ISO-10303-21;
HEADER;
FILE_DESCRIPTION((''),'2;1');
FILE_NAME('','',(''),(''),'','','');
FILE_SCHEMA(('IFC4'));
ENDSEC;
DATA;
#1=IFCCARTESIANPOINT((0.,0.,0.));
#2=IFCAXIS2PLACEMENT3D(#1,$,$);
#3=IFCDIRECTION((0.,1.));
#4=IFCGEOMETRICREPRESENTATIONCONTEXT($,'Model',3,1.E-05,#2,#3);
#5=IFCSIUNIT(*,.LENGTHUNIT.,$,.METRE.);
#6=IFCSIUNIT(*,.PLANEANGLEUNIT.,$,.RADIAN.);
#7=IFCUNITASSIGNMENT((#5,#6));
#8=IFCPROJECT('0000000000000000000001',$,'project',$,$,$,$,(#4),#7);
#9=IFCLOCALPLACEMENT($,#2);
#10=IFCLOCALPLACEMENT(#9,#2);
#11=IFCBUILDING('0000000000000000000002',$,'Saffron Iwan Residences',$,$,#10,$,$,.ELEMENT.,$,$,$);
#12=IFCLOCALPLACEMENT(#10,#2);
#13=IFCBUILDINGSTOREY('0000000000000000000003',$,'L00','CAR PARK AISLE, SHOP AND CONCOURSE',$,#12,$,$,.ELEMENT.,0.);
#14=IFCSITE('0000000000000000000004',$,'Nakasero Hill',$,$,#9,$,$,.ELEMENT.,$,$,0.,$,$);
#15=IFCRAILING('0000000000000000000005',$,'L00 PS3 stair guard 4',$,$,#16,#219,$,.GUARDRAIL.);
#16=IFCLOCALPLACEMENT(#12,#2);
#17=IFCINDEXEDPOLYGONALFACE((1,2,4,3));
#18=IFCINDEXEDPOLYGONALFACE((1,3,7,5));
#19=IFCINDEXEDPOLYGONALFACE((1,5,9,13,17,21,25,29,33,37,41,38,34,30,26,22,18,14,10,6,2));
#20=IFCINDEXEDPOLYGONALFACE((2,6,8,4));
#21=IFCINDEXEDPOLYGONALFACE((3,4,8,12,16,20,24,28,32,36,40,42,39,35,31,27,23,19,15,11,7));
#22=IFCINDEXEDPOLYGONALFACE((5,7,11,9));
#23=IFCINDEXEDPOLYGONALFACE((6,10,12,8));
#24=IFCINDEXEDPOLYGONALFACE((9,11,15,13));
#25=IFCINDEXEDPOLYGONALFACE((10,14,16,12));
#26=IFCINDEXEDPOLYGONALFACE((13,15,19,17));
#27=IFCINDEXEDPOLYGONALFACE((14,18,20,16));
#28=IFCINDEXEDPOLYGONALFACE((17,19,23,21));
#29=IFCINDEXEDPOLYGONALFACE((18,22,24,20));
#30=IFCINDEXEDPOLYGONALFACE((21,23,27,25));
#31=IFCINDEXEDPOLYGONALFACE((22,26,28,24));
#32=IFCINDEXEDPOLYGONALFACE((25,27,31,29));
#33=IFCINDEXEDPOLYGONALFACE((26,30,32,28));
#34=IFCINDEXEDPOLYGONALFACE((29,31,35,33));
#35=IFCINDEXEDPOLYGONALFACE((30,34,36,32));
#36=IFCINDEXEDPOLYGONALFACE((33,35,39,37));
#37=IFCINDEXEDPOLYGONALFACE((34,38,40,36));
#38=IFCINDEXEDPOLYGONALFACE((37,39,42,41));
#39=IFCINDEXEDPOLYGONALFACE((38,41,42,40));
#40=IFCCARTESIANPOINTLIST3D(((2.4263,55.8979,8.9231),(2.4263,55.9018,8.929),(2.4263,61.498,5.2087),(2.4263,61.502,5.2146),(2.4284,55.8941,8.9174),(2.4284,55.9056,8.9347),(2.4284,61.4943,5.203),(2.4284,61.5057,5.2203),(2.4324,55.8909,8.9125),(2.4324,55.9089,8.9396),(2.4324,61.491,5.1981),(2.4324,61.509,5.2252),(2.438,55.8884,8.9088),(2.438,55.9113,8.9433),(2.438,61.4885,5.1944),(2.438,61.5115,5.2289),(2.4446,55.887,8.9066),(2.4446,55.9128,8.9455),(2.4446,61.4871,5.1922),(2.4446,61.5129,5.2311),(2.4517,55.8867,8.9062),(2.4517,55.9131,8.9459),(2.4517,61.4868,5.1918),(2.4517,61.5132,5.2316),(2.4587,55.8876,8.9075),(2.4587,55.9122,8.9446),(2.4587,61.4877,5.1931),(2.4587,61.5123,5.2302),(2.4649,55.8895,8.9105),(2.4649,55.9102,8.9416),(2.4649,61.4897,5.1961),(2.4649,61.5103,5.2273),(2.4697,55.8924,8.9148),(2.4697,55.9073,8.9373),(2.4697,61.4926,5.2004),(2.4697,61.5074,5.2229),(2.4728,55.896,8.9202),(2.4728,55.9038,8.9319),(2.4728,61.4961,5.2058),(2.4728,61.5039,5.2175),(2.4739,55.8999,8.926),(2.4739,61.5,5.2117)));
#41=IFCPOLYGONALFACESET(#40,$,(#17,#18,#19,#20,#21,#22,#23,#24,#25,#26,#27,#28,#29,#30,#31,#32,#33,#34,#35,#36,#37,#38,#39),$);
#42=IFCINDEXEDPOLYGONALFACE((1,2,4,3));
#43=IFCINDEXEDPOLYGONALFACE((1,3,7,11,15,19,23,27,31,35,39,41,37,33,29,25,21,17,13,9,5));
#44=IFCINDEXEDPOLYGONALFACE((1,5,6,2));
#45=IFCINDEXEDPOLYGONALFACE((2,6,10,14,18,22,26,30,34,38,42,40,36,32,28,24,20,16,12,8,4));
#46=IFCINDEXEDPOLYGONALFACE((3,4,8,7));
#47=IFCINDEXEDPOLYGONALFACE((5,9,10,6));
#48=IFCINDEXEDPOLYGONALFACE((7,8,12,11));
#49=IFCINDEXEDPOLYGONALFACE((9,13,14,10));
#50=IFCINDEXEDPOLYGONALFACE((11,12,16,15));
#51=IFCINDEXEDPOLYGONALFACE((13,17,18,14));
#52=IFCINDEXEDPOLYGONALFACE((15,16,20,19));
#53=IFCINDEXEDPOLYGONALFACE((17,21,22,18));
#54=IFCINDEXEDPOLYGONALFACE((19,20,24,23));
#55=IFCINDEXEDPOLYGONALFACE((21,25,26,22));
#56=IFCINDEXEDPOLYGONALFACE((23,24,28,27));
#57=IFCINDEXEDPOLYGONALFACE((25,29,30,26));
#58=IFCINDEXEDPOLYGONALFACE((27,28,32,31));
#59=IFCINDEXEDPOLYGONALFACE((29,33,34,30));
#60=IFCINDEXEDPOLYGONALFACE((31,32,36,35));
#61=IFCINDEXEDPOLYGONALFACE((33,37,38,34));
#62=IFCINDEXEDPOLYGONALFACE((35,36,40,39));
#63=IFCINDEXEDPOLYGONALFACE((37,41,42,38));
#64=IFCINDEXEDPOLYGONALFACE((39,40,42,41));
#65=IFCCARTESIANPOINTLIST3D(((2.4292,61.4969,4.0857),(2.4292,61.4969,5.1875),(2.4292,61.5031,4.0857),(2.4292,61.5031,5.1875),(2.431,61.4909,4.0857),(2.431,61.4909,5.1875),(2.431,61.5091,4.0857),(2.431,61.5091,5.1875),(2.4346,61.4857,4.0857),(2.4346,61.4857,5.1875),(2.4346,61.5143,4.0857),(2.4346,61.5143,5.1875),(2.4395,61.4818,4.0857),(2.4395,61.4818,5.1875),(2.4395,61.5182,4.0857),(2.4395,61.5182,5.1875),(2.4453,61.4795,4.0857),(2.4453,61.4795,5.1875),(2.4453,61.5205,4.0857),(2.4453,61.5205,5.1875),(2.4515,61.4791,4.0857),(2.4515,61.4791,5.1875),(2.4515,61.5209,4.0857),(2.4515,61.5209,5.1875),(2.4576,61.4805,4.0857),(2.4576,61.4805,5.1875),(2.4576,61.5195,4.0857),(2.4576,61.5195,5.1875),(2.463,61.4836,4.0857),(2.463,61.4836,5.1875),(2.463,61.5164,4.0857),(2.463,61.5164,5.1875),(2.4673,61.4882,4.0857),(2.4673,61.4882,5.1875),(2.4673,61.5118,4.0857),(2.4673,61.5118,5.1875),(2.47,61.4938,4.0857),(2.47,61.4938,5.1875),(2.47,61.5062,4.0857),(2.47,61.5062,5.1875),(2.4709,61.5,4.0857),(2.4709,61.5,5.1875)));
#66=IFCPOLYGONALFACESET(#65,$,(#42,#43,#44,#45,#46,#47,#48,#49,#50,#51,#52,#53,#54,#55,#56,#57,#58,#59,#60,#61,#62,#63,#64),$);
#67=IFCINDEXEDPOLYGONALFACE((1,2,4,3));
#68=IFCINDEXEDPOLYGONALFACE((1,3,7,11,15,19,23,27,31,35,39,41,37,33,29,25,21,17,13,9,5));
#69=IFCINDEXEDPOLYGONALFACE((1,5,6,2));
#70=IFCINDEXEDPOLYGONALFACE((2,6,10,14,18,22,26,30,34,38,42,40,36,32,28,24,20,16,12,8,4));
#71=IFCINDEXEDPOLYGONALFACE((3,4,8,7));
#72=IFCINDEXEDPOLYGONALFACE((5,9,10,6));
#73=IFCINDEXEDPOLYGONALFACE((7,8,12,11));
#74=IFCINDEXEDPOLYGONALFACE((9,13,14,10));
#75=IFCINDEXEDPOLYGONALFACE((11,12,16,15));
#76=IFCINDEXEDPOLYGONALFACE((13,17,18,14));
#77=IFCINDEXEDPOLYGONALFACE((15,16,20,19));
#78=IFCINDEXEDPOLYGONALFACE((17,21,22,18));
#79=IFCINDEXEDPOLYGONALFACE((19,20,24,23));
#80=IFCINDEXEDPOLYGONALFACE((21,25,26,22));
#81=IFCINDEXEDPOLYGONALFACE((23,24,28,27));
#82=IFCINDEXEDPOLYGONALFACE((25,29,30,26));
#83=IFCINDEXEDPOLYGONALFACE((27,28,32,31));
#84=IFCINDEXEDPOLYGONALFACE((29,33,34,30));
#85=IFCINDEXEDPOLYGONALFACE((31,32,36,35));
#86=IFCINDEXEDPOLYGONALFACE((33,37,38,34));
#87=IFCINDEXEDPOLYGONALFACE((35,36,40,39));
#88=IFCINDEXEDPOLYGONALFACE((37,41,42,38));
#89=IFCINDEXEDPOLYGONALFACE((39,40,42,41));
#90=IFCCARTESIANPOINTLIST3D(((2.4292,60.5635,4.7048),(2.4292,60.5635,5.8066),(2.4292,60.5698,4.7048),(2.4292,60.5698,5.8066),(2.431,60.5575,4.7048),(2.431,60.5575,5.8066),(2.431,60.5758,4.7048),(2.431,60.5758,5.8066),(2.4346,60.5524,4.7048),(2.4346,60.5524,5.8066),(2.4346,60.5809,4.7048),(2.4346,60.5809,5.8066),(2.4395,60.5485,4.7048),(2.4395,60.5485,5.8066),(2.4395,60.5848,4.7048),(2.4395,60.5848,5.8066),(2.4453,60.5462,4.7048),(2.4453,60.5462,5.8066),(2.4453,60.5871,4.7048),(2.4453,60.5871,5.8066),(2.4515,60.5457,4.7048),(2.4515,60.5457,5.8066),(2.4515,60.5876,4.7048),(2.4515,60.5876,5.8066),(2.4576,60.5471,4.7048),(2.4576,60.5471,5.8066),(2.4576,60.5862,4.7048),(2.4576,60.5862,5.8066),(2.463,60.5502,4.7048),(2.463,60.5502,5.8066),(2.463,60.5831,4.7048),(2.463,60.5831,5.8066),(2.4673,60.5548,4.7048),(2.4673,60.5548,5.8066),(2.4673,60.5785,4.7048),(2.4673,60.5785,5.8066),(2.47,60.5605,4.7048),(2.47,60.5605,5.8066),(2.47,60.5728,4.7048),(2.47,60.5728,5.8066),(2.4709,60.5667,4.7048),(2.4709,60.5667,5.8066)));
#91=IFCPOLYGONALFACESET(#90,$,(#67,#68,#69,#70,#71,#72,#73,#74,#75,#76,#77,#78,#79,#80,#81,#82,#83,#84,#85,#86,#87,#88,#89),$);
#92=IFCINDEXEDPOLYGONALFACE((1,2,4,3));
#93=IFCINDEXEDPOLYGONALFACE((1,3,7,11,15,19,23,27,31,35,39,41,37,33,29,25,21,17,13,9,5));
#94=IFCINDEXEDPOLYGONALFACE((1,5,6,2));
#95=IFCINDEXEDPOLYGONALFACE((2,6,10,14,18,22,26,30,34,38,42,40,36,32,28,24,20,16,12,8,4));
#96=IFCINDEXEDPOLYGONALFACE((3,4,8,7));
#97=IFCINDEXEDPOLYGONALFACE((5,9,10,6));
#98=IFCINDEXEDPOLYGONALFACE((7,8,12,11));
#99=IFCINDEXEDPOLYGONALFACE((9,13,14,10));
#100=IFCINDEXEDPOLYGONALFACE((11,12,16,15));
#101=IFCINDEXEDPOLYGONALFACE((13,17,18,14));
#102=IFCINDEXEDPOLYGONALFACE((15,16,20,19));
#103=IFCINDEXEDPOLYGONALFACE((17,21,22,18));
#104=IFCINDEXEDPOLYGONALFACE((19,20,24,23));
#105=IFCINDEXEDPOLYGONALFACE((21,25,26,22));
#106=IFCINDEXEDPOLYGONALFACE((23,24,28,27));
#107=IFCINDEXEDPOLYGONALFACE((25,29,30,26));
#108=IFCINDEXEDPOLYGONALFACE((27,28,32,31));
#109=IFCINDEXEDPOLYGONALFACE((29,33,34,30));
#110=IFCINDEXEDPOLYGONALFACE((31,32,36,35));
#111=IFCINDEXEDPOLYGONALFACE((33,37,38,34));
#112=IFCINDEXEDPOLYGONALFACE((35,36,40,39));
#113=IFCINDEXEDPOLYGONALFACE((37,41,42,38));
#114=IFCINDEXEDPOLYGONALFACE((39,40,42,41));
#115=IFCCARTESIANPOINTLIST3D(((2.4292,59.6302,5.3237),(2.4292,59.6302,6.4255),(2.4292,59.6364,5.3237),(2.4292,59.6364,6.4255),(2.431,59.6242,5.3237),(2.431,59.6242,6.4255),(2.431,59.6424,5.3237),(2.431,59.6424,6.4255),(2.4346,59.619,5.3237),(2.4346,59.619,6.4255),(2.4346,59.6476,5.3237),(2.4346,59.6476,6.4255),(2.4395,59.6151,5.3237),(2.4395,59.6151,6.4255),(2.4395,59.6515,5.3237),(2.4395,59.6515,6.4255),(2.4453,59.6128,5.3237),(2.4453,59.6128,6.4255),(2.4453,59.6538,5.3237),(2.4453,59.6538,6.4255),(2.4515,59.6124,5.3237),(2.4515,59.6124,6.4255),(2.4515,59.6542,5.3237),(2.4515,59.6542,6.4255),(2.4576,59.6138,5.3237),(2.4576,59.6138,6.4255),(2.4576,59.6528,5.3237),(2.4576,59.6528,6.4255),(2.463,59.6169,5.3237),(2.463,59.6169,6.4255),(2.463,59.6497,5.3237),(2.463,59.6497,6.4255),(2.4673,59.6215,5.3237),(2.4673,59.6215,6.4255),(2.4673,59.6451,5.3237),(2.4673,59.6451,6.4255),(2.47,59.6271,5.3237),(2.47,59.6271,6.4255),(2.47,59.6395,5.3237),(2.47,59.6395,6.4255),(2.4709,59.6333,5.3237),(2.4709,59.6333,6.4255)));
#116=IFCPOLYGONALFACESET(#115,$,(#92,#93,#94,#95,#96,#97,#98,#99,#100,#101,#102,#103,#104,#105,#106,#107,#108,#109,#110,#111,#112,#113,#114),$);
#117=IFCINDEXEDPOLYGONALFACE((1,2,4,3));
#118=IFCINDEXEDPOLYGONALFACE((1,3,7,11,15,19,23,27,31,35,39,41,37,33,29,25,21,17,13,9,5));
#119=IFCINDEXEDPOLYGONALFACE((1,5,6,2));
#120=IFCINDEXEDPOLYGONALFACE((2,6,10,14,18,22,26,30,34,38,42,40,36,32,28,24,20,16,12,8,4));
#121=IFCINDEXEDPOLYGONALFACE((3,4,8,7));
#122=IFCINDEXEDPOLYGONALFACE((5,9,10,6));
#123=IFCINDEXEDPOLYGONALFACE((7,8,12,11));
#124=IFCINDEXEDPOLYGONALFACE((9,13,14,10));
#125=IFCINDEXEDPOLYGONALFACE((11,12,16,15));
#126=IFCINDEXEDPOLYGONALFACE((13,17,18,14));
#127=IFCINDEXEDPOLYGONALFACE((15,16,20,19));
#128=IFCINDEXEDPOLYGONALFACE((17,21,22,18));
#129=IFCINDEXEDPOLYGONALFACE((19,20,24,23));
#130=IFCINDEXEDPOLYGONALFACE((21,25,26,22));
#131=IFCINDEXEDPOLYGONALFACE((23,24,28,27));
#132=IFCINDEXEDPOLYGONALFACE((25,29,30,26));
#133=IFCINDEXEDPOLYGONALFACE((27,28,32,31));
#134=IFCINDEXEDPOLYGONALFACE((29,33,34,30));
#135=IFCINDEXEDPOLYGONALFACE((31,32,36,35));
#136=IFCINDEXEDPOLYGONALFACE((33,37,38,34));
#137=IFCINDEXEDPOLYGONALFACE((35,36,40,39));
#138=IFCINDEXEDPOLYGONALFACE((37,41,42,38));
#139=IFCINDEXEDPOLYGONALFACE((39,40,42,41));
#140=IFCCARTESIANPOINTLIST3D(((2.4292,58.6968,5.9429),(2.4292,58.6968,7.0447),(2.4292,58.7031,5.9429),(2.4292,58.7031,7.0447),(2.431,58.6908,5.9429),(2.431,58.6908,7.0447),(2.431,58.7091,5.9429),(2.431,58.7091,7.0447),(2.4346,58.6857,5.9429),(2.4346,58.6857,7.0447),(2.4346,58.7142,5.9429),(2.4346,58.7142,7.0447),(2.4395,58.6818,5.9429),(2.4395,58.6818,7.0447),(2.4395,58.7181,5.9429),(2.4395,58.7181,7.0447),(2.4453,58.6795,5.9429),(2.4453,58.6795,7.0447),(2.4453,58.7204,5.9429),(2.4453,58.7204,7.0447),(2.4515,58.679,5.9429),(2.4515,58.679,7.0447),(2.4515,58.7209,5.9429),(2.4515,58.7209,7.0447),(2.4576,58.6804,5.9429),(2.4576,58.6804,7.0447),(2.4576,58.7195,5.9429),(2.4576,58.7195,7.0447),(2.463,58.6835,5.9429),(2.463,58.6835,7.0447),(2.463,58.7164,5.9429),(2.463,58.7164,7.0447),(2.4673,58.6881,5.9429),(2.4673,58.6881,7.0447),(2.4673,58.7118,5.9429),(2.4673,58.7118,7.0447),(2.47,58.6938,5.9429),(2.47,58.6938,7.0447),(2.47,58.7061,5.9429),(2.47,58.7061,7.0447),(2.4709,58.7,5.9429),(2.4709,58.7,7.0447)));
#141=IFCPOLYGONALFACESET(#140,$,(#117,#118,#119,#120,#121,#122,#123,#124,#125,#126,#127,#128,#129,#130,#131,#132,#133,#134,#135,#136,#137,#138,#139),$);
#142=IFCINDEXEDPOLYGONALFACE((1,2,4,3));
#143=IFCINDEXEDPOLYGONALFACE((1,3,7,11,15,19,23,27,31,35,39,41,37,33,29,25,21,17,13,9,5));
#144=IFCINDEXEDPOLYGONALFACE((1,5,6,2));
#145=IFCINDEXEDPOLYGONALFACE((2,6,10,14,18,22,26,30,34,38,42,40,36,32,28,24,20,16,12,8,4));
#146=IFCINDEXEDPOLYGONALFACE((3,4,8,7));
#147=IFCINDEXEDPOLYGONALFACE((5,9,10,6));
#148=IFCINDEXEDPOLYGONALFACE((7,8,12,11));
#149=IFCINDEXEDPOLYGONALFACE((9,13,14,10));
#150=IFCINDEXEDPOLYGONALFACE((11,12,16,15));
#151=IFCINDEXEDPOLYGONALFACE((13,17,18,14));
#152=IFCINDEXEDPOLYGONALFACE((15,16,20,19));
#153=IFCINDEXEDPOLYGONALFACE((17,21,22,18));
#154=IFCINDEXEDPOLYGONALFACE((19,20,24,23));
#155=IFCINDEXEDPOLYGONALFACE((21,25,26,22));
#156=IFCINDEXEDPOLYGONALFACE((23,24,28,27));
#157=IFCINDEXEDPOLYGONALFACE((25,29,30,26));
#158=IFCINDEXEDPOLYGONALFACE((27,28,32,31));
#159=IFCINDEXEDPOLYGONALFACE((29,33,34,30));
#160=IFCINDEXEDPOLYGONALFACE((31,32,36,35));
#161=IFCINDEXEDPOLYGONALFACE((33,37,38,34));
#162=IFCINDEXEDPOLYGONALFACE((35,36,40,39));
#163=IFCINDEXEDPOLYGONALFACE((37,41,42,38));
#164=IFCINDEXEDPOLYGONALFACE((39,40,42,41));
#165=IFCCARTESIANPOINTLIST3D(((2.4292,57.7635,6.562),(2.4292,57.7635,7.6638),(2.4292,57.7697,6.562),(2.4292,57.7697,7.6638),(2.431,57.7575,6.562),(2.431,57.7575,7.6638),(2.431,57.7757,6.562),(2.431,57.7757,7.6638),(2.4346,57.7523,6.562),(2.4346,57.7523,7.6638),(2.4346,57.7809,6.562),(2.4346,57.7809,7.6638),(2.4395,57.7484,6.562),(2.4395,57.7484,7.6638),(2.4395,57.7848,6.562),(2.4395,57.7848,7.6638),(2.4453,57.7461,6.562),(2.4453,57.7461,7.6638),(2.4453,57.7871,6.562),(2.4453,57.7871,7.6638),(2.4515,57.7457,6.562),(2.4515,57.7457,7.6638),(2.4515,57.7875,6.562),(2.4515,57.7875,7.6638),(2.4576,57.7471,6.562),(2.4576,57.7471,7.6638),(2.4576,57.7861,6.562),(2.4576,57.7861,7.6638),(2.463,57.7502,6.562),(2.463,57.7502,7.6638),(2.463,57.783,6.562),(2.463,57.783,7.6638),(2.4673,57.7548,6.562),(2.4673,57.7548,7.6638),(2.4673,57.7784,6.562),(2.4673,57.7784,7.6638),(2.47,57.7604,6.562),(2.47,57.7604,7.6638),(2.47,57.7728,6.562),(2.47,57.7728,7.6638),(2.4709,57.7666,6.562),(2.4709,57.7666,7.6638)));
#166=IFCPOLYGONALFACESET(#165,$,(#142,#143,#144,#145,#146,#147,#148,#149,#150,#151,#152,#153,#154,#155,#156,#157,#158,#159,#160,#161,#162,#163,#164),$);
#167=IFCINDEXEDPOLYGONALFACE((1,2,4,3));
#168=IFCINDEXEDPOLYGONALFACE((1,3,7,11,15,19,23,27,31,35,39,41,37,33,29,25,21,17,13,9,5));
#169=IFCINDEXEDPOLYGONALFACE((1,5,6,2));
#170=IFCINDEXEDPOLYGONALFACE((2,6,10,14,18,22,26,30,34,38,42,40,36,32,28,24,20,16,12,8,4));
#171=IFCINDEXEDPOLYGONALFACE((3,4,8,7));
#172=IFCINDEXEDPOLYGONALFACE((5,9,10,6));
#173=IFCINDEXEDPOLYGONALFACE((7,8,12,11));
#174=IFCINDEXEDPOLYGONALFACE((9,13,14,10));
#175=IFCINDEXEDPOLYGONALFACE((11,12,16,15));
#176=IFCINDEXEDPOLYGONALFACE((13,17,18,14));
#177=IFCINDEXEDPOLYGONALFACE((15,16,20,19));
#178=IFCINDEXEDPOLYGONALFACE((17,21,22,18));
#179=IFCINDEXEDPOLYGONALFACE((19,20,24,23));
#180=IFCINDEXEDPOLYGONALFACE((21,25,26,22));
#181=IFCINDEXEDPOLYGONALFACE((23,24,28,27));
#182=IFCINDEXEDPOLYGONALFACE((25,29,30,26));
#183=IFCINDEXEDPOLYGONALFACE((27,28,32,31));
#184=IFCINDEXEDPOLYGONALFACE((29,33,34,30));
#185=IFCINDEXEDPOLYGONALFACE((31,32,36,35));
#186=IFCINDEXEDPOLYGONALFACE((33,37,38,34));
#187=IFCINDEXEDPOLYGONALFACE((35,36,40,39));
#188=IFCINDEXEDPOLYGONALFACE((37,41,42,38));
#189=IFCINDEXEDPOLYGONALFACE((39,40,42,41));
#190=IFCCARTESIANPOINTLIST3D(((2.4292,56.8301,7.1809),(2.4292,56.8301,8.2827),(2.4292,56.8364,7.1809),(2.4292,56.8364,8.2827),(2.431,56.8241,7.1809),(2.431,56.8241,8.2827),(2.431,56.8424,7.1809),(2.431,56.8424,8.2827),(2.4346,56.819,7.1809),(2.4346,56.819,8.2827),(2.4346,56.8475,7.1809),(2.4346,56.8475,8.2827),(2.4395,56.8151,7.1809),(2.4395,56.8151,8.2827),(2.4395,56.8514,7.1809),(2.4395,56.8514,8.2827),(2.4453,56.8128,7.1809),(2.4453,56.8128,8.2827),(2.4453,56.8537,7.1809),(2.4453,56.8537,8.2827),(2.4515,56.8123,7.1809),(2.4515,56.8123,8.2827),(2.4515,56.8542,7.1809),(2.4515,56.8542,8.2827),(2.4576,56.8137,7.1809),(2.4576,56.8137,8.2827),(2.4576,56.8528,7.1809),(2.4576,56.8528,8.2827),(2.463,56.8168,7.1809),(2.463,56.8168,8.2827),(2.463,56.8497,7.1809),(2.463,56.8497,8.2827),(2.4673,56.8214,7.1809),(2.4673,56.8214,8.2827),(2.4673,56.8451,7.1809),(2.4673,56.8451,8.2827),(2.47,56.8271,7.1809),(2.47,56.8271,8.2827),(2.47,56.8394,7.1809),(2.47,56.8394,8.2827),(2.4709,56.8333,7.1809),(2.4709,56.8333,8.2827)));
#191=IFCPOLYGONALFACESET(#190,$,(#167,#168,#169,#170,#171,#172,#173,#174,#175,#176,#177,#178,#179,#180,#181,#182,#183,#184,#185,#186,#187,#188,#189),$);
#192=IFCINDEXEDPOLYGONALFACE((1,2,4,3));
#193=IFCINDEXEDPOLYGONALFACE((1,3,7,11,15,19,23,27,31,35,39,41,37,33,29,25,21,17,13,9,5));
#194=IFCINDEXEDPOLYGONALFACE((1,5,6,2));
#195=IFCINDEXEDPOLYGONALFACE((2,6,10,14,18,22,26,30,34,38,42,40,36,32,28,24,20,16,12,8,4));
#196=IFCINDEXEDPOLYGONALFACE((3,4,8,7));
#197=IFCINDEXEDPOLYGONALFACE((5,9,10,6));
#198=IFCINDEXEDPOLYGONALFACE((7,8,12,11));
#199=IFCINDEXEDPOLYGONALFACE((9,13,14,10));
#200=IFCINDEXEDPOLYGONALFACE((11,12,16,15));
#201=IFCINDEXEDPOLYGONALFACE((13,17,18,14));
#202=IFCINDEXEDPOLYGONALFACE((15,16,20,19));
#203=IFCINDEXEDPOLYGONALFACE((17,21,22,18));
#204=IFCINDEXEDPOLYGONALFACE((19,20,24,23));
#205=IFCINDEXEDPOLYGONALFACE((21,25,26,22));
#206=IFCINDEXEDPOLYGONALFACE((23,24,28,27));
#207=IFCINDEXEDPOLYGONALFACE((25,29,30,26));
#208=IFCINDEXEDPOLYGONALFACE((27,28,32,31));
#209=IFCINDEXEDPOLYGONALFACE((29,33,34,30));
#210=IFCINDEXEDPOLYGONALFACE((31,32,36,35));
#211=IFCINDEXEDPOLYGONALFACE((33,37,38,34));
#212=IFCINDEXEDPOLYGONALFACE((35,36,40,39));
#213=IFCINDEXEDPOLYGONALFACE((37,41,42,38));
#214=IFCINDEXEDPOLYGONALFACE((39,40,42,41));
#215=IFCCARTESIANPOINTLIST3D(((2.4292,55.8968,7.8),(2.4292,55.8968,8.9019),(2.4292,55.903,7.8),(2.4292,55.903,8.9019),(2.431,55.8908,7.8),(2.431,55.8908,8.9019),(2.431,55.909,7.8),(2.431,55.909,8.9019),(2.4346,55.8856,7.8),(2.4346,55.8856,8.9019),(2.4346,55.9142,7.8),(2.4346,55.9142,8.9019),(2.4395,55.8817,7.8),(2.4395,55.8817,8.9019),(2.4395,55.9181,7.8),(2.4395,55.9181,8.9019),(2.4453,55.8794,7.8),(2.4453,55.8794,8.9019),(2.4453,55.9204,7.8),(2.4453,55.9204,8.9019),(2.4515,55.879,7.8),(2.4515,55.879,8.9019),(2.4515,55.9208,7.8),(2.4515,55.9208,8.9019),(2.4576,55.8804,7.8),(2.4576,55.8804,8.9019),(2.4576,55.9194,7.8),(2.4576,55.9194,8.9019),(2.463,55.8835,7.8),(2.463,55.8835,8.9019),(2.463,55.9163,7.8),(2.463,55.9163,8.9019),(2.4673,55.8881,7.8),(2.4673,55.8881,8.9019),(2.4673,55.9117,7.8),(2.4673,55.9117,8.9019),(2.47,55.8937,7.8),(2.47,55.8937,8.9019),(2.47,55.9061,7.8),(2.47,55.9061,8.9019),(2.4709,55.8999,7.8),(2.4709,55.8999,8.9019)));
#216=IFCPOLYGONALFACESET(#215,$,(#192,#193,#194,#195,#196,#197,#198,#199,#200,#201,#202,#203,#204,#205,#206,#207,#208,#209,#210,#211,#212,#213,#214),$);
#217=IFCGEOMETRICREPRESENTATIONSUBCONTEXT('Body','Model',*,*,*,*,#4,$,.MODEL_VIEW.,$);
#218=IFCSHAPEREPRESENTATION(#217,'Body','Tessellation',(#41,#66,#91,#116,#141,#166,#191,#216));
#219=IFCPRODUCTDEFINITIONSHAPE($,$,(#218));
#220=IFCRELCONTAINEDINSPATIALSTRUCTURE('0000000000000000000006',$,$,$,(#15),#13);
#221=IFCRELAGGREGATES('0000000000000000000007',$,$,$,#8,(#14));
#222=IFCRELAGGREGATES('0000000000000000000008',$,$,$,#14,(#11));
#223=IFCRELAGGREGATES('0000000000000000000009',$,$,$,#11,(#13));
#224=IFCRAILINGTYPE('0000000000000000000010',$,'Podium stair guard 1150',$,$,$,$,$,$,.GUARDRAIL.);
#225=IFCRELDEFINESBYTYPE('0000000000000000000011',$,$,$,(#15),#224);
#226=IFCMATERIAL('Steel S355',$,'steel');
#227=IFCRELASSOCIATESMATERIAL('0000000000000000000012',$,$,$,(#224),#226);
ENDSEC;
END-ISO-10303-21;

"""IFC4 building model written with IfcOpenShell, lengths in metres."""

from ifc_helpers import new_model, si_unit, direction, frame, origin, origin_2d, place, context, subcontext, project, spatial, circle, extrude, material, type_object, element, save


model = new_model("IFC4")

# Units and contexts
model_context = context("Model", 3, precision=1e-05, world=origin(), true_north=direction((0.0, 1.0)))
body_context = subcontext(model_context, "Body", "Model", "MODEL_VIEW")
ifc_project = project(units=[si_unit("LENGTHUNIT", "METRE"), si_unit("PLANEANGLEUNIT", "RADIAN")], contexts=[model_context])

# Site, building, storey
site_placement = place(None, origin())
site = spatial("IfcSite", under=ifc_project, at=site_placement, Name="Nakasero Hill", CompositionType="ELEMENT", RefElevation=0.0)
building_placement = place(site_placement, origin())
building = spatial("IfcBuilding", under=site, at=building_placement, Name="Saffron Iwan Residences", CompositionType="ELEMENT")
storey_placement = place(building_placement, origin())
storey = spatial("IfcBuildingStorey", under=building, at=storey_placement, Name="L00", Description="CAR PARK AISLE, SHOP AND CONCOURSE", CompositionType="ELEMENT", Elevation=0.0)

# Railing
ifc_material_1 = material(Name="Steel S355", Category="steel")
railing_type = type_object("IfcRailingType", Name="Podium stair guard 1150", PredefinedType="GUARDRAIL", material=ifc_material_1)
railing_1_placement = place(storey_placement, frame((2.45, 61.5, 4.0857)))
element("IfcRailing", 1, at=railing_1_placement, inside=storey, type_object=railing_type, Name="L00 PS3 stair guard 4", PredefinedType="GUARDRAIL", context=body_context, shape_type="SweptSolid", body=[
    extrude(circle(Radius=0.0239, at=origin_2d()), frame((0.0, 0.0, 1.126), z_axis=(0.0, -0.833356, 0.552737), x_axis=(1.0, 0.0, 0.0)), (0.0, 0.0, 1.0), 6.72),
    extrude(circle(Radius=0.021, at=origin_2d()), origin(), (0.0, 0.0, 1.0), 1.1018),
    extrude(circle(Radius=0.021, at=origin_2d()), frame((0.0, -0.9333, 0.6191)), (0.0, 0.0, 1.0), 1.1018),
    extrude(circle(Radius=0.021, at=origin_2d()), frame((0.0, -1.8667, 1.238)), (0.0, 0.0, 1.0), 1.1018),
    extrude(circle(Radius=0.021, at=origin_2d()), frame((0.0, -2.8, 1.8572)), (0.0, 0.0, 1.0), 1.1018),
    extrude(circle(Radius=0.021, at=origin_2d()), frame((0.0, -3.7334, 2.4763)), (0.0, 0.0, 1.0), 1.1018),
    extrude(circle(Radius=0.021, at=origin_2d()), frame((0.0, -4.6667, 3.0952)), (0.0, 0.0, 1.0), 1.1018),
    extrude(circle(Radius=0.021, at=origin_2d()), frame((0.0, -5.6001, 3.7144)), (0.0, 0.0, 1.0), 1.1018),
])

save(model, "model.ifc")
